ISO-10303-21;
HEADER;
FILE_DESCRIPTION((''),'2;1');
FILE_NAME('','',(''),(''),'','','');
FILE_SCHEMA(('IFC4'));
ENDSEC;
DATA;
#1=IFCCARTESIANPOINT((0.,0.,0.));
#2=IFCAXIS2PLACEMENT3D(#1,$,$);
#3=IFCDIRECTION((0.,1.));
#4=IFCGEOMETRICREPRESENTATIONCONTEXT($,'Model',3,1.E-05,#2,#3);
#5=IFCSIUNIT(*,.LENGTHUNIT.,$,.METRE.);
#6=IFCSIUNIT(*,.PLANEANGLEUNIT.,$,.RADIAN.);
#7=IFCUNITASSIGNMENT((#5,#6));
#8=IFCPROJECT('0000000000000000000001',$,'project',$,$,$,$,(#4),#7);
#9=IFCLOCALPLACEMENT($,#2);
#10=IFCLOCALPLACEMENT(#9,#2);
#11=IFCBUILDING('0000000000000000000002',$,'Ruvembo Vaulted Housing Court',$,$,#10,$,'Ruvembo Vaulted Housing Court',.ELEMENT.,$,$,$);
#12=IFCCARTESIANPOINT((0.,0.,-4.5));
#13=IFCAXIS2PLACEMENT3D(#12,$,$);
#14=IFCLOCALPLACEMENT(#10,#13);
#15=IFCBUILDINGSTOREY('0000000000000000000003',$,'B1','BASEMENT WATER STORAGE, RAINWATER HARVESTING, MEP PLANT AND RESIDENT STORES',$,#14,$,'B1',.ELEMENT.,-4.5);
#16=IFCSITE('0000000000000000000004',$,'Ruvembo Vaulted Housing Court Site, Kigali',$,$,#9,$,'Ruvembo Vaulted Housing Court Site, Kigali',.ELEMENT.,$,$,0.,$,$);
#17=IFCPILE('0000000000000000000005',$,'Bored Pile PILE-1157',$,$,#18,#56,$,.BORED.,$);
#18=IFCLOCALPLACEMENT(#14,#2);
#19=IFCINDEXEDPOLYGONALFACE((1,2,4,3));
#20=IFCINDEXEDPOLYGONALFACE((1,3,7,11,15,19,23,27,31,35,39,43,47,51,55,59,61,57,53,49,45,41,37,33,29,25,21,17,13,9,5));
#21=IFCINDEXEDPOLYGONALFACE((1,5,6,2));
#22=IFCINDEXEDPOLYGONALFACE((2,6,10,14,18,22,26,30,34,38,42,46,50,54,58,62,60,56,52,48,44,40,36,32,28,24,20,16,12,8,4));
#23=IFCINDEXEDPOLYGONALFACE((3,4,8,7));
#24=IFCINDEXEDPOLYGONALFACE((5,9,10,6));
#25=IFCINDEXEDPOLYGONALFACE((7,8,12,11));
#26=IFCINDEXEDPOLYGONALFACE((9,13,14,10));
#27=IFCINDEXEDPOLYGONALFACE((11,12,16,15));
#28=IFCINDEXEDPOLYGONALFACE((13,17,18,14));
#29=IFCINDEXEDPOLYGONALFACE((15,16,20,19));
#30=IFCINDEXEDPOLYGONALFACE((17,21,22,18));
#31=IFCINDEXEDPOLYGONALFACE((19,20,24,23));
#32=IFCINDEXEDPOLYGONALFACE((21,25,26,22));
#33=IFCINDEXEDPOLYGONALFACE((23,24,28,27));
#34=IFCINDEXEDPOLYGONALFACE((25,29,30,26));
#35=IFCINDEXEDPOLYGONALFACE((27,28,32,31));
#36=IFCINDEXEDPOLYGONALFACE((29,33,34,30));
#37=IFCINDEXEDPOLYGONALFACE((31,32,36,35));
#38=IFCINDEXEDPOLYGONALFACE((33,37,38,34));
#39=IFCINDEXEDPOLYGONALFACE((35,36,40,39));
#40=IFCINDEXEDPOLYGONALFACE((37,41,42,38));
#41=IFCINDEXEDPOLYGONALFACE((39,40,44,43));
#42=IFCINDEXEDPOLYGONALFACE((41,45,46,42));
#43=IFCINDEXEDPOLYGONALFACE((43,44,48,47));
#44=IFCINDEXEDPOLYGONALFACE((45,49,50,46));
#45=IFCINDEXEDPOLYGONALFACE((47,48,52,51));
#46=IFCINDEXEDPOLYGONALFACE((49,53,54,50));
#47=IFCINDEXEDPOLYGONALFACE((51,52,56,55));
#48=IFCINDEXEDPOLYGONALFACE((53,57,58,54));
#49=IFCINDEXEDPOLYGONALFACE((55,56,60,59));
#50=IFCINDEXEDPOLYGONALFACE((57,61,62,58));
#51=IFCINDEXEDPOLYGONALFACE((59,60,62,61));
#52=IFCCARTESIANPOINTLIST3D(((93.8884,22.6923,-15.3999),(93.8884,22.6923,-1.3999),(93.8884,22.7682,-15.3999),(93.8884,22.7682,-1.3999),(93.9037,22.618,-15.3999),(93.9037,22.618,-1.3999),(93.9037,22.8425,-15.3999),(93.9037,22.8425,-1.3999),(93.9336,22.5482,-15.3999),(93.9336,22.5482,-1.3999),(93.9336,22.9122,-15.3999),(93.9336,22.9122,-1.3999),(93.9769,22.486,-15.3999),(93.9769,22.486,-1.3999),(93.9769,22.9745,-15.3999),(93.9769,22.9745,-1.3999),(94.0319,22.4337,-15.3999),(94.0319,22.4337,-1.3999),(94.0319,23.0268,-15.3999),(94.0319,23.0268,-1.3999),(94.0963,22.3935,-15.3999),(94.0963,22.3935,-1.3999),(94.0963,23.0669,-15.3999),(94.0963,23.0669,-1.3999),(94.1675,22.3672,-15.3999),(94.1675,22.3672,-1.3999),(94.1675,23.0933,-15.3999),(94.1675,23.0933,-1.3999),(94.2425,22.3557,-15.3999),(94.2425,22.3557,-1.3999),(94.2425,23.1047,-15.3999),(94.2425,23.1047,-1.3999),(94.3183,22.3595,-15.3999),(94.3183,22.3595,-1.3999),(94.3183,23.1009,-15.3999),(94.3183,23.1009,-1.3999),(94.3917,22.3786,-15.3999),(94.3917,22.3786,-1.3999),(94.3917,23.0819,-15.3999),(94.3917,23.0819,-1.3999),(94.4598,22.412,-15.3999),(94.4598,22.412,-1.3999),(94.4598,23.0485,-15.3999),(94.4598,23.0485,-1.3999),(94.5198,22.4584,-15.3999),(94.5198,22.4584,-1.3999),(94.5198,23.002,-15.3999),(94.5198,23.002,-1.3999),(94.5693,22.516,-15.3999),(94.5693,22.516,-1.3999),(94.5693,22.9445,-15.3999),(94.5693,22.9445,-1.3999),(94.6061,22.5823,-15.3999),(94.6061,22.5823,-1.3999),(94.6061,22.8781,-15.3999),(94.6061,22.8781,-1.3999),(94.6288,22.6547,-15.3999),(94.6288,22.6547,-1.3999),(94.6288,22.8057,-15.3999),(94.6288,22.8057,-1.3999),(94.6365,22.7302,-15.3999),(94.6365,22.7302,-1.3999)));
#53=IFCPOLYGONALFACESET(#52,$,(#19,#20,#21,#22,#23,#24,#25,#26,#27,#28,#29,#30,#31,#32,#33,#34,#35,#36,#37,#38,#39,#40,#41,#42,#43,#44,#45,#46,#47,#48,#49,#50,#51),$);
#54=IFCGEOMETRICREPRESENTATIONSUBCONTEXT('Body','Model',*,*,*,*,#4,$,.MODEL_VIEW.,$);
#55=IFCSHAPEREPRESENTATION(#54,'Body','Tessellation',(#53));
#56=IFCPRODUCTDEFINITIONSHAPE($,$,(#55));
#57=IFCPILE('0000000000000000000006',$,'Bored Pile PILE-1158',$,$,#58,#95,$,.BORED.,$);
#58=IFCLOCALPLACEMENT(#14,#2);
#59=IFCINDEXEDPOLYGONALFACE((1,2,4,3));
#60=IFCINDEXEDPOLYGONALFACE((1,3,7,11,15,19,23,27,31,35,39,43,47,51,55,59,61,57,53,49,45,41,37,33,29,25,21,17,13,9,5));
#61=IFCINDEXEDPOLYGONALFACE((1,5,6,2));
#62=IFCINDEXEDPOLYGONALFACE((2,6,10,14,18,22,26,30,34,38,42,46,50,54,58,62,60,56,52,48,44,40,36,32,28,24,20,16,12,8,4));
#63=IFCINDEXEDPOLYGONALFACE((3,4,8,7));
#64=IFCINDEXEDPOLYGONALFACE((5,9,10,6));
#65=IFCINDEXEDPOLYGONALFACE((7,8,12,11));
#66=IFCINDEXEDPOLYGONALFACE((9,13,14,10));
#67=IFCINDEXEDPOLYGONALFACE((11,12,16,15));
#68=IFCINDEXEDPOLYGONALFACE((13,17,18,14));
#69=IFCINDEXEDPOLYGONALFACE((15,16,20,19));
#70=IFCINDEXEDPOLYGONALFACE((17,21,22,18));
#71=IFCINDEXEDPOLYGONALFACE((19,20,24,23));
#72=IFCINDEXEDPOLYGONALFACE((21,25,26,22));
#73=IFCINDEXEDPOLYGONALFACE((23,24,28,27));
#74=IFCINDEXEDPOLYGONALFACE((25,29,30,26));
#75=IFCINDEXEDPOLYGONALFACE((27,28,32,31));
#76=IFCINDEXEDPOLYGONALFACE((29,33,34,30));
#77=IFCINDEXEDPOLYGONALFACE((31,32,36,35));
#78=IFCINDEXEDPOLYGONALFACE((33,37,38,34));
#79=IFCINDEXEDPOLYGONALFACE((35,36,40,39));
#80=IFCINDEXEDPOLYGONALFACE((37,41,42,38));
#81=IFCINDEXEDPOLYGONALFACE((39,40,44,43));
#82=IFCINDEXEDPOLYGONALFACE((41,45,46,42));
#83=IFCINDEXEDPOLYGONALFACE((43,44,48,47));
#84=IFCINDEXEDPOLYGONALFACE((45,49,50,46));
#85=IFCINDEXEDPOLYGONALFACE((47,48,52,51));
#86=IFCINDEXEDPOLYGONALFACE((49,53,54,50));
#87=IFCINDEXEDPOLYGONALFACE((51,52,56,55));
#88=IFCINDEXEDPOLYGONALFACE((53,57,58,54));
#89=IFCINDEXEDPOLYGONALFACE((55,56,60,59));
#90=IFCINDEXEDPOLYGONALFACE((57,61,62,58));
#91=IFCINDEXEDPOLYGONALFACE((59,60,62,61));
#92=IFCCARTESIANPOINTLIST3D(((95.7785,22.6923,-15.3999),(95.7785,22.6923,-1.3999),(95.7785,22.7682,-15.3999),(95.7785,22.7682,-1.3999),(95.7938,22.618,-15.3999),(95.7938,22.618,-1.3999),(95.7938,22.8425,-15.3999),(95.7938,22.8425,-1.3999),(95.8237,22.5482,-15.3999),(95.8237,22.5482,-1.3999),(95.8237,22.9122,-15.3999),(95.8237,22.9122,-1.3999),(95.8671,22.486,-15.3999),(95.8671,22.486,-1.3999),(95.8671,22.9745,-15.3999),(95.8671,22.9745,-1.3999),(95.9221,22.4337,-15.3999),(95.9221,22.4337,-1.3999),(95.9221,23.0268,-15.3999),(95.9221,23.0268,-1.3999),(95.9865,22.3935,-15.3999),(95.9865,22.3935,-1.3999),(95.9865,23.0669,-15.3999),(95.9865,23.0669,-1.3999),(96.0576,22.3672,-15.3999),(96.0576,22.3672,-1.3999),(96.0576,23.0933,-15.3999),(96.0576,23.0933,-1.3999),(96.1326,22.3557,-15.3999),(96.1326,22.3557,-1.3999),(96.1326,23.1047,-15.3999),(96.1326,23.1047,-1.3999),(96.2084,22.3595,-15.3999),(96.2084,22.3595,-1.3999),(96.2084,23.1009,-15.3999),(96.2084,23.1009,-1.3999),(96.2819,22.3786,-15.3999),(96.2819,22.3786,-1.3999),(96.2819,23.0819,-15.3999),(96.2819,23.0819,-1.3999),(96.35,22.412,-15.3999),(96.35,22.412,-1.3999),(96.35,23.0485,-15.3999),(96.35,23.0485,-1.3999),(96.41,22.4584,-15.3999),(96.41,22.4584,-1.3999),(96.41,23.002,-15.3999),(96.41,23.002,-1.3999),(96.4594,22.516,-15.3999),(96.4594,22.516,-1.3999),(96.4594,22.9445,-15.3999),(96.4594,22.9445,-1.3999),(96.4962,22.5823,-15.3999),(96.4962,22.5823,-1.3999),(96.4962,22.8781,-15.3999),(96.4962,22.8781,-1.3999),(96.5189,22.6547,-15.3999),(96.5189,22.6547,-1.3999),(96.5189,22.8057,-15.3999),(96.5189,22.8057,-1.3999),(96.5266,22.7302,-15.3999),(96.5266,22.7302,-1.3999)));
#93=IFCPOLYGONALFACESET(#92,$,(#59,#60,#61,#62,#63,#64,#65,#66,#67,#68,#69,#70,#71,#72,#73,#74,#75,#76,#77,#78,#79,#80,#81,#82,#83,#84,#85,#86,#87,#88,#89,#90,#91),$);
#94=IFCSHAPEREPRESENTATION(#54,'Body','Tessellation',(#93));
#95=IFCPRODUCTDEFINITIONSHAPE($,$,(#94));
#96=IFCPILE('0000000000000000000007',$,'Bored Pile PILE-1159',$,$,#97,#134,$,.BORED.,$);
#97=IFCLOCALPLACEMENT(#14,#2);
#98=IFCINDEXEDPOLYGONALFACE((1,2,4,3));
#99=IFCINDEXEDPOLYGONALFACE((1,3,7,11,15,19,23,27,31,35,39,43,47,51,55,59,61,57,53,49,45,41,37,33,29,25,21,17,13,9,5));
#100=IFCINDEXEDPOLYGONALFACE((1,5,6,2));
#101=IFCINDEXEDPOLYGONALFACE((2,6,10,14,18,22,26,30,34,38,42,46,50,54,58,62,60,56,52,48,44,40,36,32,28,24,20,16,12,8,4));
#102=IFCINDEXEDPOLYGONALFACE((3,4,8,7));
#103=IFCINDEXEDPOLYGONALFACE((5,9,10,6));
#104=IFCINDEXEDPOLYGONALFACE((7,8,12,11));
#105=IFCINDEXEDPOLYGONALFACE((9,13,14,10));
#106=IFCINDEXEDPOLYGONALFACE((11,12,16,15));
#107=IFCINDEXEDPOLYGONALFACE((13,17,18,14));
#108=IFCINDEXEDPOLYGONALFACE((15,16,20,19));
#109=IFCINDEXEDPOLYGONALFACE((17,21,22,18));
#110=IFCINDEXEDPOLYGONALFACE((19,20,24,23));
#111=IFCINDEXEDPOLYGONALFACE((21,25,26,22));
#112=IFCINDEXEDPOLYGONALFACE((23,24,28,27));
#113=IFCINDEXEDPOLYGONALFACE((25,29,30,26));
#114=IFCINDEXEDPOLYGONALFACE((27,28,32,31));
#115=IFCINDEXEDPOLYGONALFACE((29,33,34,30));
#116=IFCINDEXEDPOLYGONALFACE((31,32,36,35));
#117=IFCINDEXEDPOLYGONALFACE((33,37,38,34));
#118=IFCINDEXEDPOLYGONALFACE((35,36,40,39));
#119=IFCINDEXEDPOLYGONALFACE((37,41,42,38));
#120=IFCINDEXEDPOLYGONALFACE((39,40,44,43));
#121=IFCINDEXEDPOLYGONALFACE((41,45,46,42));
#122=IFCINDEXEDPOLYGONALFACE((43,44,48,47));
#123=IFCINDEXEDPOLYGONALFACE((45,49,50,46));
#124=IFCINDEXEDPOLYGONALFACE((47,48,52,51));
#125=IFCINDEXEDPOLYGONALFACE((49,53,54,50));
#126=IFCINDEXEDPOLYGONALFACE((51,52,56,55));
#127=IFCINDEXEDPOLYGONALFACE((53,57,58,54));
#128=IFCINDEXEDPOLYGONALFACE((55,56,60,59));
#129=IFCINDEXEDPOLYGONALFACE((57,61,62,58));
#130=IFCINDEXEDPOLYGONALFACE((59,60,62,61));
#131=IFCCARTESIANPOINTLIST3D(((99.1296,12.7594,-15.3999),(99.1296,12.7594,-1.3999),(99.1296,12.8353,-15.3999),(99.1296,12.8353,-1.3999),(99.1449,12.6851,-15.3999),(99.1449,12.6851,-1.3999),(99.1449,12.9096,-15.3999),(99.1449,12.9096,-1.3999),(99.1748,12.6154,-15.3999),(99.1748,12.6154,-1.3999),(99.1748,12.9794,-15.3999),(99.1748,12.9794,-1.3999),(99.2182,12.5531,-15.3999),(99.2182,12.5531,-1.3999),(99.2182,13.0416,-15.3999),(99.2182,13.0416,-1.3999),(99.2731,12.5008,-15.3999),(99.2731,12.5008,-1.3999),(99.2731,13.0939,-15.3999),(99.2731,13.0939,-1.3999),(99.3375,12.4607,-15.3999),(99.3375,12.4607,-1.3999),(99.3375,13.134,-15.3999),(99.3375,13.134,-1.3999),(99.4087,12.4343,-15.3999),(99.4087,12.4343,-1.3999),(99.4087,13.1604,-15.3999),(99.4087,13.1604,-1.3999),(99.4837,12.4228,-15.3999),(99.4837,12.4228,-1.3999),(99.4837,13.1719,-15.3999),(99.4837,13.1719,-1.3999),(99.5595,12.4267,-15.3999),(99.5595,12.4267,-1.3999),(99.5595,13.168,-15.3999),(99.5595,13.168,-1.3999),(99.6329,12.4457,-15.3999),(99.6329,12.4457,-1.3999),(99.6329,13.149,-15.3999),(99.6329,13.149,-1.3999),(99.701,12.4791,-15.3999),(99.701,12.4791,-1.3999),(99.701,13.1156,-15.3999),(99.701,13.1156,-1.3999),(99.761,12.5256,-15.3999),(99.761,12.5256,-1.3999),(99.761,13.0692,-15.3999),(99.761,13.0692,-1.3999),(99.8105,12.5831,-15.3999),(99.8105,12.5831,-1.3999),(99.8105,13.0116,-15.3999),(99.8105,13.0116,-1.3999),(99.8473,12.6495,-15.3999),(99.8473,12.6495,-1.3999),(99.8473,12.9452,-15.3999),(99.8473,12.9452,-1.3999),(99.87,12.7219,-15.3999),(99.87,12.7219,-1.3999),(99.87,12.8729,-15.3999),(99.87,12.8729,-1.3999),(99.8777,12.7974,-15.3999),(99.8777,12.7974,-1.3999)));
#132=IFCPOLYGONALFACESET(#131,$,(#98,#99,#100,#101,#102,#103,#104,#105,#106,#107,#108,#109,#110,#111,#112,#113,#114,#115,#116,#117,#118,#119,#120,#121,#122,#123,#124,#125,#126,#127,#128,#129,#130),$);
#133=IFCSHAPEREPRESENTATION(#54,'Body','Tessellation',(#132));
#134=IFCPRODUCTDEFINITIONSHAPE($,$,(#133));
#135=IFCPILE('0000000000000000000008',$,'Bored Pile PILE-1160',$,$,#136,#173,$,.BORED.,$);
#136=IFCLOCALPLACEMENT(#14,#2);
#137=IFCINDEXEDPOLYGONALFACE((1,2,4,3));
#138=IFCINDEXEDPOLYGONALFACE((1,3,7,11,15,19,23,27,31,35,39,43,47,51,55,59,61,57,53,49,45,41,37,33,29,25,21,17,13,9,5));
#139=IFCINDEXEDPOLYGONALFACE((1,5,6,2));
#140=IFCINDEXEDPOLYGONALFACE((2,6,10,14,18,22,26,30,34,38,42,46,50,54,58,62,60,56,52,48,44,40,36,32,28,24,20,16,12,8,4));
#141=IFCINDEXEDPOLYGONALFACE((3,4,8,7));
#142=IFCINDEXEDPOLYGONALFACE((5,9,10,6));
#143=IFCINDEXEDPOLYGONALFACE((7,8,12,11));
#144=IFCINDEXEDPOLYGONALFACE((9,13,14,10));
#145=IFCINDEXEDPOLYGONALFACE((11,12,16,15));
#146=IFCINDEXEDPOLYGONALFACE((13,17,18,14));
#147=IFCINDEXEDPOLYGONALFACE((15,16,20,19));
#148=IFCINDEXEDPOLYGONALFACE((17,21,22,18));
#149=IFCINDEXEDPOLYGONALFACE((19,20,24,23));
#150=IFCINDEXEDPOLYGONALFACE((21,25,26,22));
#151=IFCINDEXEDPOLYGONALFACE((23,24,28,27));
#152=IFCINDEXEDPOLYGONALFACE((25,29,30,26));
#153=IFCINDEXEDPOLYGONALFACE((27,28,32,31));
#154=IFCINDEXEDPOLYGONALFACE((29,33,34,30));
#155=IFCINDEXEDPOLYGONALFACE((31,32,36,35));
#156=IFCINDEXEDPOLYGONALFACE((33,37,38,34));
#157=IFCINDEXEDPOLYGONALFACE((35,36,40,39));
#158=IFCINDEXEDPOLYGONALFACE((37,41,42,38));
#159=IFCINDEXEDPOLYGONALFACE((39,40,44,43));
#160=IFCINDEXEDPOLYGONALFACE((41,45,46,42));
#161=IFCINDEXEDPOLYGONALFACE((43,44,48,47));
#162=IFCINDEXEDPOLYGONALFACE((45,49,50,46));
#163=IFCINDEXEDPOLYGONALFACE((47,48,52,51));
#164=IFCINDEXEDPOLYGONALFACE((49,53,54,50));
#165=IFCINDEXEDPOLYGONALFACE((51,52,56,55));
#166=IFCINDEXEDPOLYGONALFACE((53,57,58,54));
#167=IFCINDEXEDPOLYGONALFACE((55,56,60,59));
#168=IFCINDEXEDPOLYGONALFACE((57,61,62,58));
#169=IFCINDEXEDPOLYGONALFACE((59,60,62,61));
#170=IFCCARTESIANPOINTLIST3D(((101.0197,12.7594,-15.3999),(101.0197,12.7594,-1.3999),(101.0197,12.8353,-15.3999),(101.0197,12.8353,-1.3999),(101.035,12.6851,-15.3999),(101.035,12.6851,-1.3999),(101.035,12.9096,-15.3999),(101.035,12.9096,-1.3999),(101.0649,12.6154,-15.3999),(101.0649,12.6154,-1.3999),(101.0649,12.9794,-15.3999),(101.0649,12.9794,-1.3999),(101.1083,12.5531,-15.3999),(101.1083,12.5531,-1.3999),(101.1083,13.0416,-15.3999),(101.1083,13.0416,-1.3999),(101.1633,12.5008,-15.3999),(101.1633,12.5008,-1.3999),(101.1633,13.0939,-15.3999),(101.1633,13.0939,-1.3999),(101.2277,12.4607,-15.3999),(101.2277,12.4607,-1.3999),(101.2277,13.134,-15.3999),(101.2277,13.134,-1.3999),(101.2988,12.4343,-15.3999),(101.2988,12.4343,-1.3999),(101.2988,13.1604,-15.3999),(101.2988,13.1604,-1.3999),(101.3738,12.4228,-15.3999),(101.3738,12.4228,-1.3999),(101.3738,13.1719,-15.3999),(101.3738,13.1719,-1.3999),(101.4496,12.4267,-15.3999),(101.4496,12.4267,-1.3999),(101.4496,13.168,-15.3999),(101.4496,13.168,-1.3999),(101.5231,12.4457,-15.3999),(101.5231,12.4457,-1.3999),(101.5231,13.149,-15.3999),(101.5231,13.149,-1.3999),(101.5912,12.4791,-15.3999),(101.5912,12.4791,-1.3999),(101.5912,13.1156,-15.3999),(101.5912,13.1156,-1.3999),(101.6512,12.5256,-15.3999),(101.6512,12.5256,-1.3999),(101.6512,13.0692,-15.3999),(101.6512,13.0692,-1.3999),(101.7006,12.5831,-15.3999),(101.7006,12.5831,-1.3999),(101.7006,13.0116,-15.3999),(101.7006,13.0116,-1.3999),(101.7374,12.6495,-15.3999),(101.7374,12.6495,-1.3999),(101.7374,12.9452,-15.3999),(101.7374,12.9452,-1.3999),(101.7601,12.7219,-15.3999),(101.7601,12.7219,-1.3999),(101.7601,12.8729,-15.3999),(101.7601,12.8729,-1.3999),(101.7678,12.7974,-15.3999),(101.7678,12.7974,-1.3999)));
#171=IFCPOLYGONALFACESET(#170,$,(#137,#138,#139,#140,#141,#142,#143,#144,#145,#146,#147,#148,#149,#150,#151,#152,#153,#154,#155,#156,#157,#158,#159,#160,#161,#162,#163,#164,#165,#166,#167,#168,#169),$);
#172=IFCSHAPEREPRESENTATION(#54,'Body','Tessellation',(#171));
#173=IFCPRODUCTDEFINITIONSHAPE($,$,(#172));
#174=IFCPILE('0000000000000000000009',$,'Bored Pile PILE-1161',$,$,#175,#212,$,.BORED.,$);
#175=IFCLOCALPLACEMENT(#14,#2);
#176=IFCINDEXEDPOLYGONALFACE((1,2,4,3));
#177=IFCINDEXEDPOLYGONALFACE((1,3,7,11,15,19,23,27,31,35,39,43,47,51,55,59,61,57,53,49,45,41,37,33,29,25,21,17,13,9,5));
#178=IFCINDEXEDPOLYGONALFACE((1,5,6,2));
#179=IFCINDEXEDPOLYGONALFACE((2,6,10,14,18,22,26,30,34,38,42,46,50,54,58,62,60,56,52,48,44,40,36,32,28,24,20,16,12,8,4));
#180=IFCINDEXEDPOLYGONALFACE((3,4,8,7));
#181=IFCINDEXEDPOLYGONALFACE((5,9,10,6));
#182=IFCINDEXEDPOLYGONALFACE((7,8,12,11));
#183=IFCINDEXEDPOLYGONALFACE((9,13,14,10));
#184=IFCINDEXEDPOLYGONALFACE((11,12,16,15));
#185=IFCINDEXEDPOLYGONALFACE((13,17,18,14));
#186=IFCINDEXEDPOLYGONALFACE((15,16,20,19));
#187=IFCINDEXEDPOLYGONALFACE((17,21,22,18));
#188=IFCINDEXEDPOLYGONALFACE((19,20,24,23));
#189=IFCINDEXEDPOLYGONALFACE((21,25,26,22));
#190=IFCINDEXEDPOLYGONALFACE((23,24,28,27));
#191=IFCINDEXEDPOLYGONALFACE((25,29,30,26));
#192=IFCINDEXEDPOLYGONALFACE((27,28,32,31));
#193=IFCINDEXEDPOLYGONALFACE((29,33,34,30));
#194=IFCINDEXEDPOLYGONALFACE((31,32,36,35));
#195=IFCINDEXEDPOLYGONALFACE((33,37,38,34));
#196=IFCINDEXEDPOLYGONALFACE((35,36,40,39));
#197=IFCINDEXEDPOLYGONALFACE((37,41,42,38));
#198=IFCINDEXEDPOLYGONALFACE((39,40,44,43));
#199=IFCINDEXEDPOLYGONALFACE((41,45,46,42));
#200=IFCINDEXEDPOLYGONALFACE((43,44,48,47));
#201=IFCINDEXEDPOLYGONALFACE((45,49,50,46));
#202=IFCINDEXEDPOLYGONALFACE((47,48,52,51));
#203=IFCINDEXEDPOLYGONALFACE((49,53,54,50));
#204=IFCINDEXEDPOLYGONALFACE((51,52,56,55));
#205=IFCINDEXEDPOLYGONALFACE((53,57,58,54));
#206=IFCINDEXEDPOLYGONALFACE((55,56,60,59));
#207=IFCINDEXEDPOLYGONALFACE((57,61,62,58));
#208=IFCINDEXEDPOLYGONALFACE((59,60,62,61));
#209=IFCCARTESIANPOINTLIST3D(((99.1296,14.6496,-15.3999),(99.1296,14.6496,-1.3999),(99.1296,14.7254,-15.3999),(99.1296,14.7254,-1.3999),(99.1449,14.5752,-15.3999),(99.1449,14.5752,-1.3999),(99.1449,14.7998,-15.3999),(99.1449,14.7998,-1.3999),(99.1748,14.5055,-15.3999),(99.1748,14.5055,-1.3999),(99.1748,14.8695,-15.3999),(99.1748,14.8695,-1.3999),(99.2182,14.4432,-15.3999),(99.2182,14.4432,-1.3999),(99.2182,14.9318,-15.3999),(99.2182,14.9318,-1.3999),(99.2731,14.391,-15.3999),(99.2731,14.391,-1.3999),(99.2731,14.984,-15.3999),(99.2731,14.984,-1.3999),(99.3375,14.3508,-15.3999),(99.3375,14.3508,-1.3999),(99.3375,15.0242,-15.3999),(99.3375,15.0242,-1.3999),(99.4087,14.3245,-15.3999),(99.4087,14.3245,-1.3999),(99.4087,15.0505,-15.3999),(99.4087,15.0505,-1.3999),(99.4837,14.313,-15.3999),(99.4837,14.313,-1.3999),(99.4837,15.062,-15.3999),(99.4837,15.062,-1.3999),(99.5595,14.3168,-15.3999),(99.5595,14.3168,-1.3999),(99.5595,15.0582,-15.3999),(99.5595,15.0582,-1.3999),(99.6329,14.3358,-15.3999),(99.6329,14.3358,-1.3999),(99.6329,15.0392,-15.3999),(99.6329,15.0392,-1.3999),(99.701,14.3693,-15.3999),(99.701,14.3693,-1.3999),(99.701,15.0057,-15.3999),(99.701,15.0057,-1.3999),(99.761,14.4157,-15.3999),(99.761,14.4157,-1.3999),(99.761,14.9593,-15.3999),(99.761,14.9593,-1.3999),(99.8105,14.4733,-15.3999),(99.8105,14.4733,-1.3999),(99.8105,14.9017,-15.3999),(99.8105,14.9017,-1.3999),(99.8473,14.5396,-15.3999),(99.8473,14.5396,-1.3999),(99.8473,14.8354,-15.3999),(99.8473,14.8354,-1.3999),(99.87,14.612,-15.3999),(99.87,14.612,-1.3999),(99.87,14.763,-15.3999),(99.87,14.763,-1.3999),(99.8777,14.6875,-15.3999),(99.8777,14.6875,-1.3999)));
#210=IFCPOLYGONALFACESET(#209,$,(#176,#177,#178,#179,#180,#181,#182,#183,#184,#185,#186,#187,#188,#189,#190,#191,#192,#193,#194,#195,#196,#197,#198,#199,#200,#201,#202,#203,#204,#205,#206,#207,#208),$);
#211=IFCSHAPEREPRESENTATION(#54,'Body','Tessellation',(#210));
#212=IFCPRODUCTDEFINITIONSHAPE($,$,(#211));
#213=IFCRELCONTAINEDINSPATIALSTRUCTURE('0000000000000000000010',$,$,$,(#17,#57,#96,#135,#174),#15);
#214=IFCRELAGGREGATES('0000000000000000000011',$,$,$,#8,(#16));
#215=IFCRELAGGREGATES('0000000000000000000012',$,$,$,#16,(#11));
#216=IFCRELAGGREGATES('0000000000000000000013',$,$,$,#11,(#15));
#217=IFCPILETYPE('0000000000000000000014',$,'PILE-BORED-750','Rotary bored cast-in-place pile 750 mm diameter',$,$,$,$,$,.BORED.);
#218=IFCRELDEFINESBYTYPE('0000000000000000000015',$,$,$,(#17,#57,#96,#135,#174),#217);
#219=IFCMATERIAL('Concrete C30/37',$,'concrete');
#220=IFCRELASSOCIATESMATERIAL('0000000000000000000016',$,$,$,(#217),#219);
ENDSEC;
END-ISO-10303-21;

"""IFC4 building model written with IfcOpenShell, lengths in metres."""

from ifc_helpers import new_model, si_unit, direction, frame, origin, origin_2d, place, context, subcontext, project, spatial, circle, extrude, material, material_profile, profile_set, type_object, element, save


model = new_model("IFC4")

# Units and contexts
model_context = context("Model", 3, precision=1e-05, world=origin(), true_north=direction((0.0, 1.0)))
body_context = subcontext(model_context, "Body", "Model", "MODEL_VIEW")
ifc_project = project(units=[si_unit("LENGTHUNIT", "METRE"), si_unit("PLANEANGLEUNIT", "RADIAN")], contexts=[model_context])

# Site, building, storey
site_placement = place(None, origin())
site = spatial("IfcSite", under=ifc_project, at=site_placement, Name="Ruvembo Vaulted Housing Court Site, Kigali", LongName="Ruvembo Vaulted Housing Court Site, Kigali", CompositionType="ELEMENT", RefElevation=0.0)
building_placement = place(site_placement, origin())
building = spatial("IfcBuilding", under=site, at=building_placement, Name="Ruvembo Vaulted Housing Court", LongName="Ruvembo Vaulted Housing Court", CompositionType="ELEMENT")
storey_placement = place(building_placement, frame((0.0, 0.0, -4.5)))
storey = spatial("IfcBuildingStorey", under=building, at=storey_placement, Name="B1", Description="BASEMENT WATER STORAGE, RAINWATER HARVESTING, MEP PLANT AND RESIDENT STORES", LongName="B1", CompositionType="ELEMENT", Elevation=-4.5)

# Piles
ifc_material_1 = material(Name="Concrete C30/37", Category="concrete")
ifc_material_profile_1 = material_profile(ifc_material_1, circle(Radius=0.375, at=origin_2d()), Name="PILE D750")
ifc_profile_set_1 = profile_set([ifc_material_profile_1], Name="Concrete C30/37")
pile_type = type_object("IfcPileType", Name="PILE-BORED-750", Description="Rotary bored cast-in-place pile 750 mm diameter", PredefinedType="BORED", material=ifc_profile_set_1)
for number, where, z_axis, x_axis, name in (
    (1, (94.2615, 22.7302, -1.3999), (0.0, 0.0, -1.0), (1.0, 0.0, 0.0), "Bored Pile PILE-1157"),
    (2, (96.1516, 22.7302, -1.3999), (0.0, 0.0, -1.0), (1.0, 0.0, 0.0), "Bored Pile PILE-1158"),
    (3, (99.5027, 12.7974, -1.3999), (0.0, 0.0, -1.0), (1.0, 0.0, 0.0), "Bored Pile PILE-1159"),
    (4, (101.3928, 12.7974, -1.3999), (0.0, 0.0, -1.0), (1.0, 0.0, 0.0), "Bored Pile PILE-1160"),
    (5, (99.5027, 14.6875, -1.3999), (0.0, 0.0, -1.0), (1.0, 0.0, 0.0), "Bored Pile PILE-1161"),
):
    element("IfcPile", number, at=place(storey_placement, frame(where, z_axis=z_axis, x_axis=x_axis)), inside=storey, type_object=pile_type, Name=name, PredefinedType="BORED", context=body_context, shape_type="SweptSolid", body=[
        extrude(circle(Radius=0.375, at=origin_2d()), origin(), (0.0, 0.0, 1.0), 14.0),
    ])

save(model, "model.ifc")
